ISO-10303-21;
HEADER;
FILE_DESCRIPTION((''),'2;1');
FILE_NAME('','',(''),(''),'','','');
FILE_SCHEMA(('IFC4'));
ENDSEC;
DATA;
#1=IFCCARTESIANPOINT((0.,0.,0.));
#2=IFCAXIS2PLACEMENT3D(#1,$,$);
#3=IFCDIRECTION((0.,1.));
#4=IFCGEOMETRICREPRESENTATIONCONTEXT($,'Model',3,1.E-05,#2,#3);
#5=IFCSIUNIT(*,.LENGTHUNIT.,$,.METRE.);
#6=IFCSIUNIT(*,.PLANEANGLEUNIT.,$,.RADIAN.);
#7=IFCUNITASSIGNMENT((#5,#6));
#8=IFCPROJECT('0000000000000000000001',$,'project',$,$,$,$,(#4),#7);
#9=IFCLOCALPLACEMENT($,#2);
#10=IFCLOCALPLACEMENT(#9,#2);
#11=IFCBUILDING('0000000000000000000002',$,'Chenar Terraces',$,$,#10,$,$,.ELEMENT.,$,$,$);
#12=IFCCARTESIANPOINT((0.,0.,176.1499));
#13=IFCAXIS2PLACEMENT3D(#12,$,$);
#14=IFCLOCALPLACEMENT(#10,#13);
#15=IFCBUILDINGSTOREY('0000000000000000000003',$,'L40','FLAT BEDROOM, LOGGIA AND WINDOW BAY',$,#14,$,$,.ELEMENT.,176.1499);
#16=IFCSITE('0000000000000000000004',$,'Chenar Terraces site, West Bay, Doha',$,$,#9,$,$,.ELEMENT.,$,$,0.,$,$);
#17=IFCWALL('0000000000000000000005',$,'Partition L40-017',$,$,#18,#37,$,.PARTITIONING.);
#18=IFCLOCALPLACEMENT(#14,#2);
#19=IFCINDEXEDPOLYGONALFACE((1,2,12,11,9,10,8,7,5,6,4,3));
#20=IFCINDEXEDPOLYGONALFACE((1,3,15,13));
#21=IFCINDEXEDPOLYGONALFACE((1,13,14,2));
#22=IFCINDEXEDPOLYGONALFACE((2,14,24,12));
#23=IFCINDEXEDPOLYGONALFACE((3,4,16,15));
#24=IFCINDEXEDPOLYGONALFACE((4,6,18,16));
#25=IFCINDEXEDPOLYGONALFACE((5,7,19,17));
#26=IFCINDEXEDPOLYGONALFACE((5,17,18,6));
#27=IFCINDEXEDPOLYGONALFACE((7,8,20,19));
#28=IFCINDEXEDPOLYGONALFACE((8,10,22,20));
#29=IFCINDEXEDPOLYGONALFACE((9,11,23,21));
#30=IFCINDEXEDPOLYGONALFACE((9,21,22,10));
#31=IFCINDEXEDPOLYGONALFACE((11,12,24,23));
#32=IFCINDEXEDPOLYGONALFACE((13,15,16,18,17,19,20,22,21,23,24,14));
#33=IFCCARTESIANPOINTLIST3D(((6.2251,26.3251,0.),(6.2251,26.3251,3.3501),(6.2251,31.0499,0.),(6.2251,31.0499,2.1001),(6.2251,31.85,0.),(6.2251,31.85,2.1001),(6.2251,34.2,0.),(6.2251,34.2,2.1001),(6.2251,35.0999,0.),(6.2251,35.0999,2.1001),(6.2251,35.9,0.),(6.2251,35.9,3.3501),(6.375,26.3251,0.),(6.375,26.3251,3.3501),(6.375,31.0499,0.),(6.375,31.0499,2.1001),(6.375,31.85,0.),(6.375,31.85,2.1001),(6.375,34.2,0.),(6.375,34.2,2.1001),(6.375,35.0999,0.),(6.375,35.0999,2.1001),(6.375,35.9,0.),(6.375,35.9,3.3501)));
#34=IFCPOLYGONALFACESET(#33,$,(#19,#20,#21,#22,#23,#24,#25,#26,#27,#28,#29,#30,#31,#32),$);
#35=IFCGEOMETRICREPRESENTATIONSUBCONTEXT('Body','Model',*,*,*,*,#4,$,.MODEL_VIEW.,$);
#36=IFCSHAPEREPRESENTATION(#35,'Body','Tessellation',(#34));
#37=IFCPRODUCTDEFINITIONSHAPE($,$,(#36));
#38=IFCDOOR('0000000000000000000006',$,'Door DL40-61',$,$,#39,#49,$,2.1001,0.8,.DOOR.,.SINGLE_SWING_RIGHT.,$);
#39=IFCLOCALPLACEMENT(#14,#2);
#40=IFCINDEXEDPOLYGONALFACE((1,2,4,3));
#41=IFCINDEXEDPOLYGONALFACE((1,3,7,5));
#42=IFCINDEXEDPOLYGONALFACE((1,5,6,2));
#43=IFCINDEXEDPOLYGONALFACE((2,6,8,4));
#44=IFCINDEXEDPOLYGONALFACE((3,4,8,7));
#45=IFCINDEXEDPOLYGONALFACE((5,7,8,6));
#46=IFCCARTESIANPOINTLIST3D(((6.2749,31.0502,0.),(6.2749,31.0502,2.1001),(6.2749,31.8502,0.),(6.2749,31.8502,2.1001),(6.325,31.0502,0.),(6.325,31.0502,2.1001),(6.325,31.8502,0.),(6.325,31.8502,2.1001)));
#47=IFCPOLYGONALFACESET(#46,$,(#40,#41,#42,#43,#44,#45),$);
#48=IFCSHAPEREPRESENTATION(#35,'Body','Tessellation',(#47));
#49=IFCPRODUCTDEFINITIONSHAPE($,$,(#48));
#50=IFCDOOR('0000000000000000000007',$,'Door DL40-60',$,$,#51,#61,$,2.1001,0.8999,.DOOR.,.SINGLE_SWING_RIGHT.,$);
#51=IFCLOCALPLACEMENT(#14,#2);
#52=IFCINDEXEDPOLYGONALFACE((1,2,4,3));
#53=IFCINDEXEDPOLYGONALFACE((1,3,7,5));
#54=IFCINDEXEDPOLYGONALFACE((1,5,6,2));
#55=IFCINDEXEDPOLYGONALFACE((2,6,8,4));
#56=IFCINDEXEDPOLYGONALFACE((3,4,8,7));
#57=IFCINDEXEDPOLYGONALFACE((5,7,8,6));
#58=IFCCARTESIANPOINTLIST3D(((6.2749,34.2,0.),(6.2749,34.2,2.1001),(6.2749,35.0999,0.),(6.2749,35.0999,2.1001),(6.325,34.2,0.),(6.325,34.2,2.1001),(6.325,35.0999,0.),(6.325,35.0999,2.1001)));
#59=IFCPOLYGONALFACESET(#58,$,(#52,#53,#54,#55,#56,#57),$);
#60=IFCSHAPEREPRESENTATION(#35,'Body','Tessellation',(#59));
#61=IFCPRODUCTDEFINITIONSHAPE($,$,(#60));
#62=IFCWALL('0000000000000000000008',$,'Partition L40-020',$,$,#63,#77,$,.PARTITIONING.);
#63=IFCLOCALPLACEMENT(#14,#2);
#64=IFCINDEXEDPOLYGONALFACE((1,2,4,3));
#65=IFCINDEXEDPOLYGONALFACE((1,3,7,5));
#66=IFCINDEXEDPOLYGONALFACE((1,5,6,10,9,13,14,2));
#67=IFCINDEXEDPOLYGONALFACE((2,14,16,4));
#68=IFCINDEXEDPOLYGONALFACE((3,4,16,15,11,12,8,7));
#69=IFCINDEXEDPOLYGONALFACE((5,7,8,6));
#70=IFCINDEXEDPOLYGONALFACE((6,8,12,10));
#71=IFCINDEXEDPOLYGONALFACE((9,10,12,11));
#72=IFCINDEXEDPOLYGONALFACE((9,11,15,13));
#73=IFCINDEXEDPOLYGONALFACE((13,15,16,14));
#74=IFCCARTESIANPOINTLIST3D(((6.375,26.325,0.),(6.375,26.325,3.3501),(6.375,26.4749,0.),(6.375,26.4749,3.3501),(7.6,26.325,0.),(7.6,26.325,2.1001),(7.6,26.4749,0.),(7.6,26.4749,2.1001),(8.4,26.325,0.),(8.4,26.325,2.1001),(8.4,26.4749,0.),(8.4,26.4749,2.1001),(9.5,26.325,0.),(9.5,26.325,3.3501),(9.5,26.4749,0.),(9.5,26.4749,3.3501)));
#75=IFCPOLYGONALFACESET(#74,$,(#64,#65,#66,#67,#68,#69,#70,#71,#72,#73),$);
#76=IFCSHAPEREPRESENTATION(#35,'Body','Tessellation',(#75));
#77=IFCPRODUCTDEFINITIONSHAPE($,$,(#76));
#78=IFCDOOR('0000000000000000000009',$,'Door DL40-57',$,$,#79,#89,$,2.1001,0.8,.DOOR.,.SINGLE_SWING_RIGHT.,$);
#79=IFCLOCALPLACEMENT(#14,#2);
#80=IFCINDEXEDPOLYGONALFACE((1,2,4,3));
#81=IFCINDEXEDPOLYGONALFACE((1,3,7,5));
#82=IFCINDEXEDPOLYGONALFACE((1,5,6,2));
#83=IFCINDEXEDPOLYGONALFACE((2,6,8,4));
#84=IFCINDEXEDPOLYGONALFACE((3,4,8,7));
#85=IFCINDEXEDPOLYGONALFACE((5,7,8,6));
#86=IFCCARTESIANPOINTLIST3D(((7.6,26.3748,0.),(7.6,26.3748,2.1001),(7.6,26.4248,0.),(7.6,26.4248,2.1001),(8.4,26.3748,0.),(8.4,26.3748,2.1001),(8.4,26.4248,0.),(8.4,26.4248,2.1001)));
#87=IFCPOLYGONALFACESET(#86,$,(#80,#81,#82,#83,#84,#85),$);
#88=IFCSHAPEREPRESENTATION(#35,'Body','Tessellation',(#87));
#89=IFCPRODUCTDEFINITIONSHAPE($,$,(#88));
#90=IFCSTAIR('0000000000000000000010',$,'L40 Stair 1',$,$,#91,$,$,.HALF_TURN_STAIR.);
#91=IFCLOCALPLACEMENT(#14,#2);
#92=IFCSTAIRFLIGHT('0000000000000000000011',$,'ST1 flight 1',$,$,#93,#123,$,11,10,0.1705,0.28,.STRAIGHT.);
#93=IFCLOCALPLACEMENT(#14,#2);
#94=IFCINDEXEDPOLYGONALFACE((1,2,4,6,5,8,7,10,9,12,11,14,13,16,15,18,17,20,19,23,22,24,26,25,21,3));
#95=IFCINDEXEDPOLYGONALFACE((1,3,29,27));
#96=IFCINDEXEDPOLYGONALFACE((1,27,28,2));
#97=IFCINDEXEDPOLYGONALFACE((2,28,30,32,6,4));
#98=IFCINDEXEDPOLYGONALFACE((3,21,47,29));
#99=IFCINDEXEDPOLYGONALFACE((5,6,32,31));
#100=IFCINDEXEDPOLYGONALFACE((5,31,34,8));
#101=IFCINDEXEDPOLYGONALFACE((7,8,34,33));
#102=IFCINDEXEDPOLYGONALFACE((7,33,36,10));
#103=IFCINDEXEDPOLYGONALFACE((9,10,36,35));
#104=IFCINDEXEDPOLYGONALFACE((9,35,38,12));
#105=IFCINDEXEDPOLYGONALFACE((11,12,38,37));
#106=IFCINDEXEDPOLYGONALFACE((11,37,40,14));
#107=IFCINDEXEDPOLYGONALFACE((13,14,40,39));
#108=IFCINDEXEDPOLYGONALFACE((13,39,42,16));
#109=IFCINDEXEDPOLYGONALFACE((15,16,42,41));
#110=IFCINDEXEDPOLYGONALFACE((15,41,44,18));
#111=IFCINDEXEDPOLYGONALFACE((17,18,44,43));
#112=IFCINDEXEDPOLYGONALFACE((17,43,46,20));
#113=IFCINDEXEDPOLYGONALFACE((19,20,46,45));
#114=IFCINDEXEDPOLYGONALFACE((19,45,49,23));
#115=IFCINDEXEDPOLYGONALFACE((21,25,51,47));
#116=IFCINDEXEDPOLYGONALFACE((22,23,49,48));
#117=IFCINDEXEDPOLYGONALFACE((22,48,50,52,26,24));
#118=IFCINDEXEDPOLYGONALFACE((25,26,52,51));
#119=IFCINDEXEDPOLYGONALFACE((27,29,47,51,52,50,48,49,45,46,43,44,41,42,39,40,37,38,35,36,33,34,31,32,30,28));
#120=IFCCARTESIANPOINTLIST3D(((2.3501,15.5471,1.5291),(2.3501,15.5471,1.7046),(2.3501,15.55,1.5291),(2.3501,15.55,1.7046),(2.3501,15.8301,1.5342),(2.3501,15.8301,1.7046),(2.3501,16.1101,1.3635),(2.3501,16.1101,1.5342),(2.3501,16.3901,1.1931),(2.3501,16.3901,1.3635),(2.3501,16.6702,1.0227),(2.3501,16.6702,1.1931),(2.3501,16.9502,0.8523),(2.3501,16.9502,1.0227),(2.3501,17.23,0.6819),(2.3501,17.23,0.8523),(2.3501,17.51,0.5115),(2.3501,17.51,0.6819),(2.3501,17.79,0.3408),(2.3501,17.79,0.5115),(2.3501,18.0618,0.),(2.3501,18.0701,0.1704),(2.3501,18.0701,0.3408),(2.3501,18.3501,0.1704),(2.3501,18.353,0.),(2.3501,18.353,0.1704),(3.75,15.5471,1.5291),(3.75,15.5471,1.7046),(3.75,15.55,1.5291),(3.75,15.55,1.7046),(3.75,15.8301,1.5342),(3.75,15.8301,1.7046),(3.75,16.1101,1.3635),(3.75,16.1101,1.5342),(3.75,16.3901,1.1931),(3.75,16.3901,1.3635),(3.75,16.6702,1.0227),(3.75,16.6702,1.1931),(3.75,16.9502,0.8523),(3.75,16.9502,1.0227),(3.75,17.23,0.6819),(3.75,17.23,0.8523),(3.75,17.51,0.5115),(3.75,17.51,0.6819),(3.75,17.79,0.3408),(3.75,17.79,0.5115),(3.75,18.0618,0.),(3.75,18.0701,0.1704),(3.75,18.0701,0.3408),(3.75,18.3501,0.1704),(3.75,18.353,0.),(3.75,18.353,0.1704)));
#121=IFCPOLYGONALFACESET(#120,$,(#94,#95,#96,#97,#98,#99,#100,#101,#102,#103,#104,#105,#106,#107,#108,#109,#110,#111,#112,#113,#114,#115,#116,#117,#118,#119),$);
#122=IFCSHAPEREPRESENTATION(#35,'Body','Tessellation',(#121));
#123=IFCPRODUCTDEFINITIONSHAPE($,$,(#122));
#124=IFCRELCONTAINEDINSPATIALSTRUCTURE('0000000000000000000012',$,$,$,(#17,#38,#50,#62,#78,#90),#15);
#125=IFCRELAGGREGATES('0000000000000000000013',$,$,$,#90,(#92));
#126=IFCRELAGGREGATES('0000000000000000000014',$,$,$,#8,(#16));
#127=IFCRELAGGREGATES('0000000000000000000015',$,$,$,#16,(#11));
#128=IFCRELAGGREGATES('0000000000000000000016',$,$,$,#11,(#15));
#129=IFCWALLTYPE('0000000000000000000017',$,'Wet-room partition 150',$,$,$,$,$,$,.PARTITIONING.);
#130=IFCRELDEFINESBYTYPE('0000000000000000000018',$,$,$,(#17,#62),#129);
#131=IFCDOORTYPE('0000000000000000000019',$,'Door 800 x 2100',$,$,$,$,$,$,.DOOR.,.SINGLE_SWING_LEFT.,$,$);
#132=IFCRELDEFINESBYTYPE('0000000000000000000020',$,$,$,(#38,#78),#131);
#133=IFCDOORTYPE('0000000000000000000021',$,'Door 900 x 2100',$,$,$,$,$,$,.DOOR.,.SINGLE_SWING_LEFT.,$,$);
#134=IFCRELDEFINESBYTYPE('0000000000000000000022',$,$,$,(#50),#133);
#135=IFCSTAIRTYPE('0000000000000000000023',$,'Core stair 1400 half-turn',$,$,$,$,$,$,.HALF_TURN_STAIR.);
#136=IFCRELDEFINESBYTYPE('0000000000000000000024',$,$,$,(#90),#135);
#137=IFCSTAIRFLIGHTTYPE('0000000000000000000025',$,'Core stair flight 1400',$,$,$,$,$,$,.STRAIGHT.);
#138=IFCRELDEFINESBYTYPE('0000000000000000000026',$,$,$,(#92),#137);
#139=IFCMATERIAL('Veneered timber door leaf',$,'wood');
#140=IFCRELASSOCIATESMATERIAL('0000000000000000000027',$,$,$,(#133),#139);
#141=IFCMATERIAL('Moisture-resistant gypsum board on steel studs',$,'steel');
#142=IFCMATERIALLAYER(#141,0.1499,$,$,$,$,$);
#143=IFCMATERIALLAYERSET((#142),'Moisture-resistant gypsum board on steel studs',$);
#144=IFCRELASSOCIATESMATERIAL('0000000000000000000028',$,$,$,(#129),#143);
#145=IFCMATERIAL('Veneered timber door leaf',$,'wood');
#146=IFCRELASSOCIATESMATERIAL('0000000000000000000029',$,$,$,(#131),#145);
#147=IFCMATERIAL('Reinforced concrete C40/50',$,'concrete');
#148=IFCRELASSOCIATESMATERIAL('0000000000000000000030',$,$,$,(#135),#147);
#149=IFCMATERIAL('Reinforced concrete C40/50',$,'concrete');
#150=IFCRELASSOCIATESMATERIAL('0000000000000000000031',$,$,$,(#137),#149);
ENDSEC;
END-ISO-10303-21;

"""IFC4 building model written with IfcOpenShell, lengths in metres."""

from ifc_helpers import new_model, si_unit, direction, frame, frame_2d, origin, place, context, subcontext, project, spatial, polyline, rectangle, outline, extrude, material, layer, layer_set, type_object, element, fill, aggregate, save


model = new_model("IFC4")

# Units and contexts
model_context = context("Model", 3, precision=1e-05, world=origin(), true_north=direction((0.0, 1.0)))
body_context = subcontext(model_context, "Body", "Model", "MODEL_VIEW")
ifc_project = project(units=[si_unit("LENGTHUNIT", "METRE"), si_unit("PLANEANGLEUNIT", "RADIAN")], contexts=[model_context])

# Site, building, storey
site_placement = place(None, origin())
site = spatial("IfcSite", under=ifc_project, at=site_placement, Name="Chenar Terraces site, West Bay, Doha", CompositionType="ELEMENT", RefElevation=0.0)
building_placement = place(site_placement, origin())
building = spatial("IfcBuilding", under=site, at=building_placement, Name="Chenar Terraces", CompositionType="ELEMENT")
storey_placement = place(building_placement, frame((0.0, 0.0, 176.1499)))
storey = spatial("IfcBuildingStorey", under=building, at=storey_placement, Name="L40", Description="FLAT BEDROOM, LOGGIA AND WINDOW BAY", CompositionType="ELEMENT", Elevation=176.1499)

# Shared definitions
ifc_material_1 = material(Name="Veneered timber door leaf", Category="wood")
door_type_1 = type_object("IfcDoorType", Name="Door 900 x 2100", OperationType="SINGLE_SWING_LEFT", PredefinedType="DOOR", material=ifc_material_1)

# Wall, openings, doors
ifc_material_2 = material(Name="Moisture-resistant gypsum board on steel studs", Category="steel")
ifc_layer_1 = layer(ifc_material_2, 0.1499)
ifc_layer_set_1 = layer_set([ifc_layer_1], Name="Moisture-resistant gypsum board on steel studs")
wall_type_1 = type_object("IfcWallType", Name="Wet-room partition 150", PredefinedType="PARTITIONING", material=ifc_layer_set_1)
wall_1_placement = place(storey_placement, frame((6.3, 26.325, 0.0), z_axis=(0.0, 0.0, 1.0), x_axis=(0.0, 1.0, 0.0)))
wall_1 = element("IfcWall", 1, at=wall_1_placement, inside=storey, type_object=wall_type_1, Name="Partition L40-017", PredefinedType="PARTITIONING", context=body_context, shape_type="SweptSolid", body=[
    extrude(rectangle(XDim=9.575, YDim=0.1499, at=frame_2d((4.7876, 0.0))), origin(), (0.0, 0.0, 1.0), 3.3501),
])
opening_1_placement = place(wall_1_placement, frame((7.875, 0.0, 0.0)))
opening_1 = element("IfcOpeningElement", 2, at=opening_1_placement, cuts=wall_1, PredefinedType="OPENING", context=body_context, shape_type="SweptSolid", body=[
    extrude(rectangle(XDim=0.8999, YDim=2.1001, at=frame_2d((0.45, 1.05))), frame((0.0, 0.085, 0.0), z_axis=(0.0, -1.0, 0.0), x_axis=(1.0, 0.0, 0.0)), (0.0, 0.0, 1.0), 0.1699),
])
opening_2_placement = place(wall_1_placement, frame((4.7251, 0.0, 0.0)))
opening_2 = element("IfcOpeningElement", 3, at=opening_2_placement, cuts=wall_1, PredefinedType="OPENING", context=body_context, shape_type="SweptSolid", body=[
    extrude(rectangle(XDim=0.8, YDim=2.1001, at=frame_2d((0.3999, 1.05))), frame((0.0, 0.085, 0.0), z_axis=(0.0, -1.0, 0.0), x_axis=(1.0, 0.0, 0.0)), (0.0, 0.0, 1.0), 0.1699),
])
ifc_material_3 = material(Name="Veneered timber door leaf", Category="wood")
door_type_2 = type_object("IfcDoorType", Name="Door 800 x 2100", OperationType="SINGLE_SWING_LEFT", PredefinedType="DOOR", material=ifc_material_3)
door_1_placement = place(opening_2_placement, frame((0.8, 0.0, 0.0), z_axis=(0.0, 0.0, 1.0), x_axis=(-1.0, 0.0, 0.0)))
door_1 = element("IfcDoor", 4, at=door_1_placement, inside=storey, type_object=door_type_2, Name="Door DL40-61", OperationType="SINGLE_SWING_RIGHT", OverallHeight=2.1001, OverallWidth=0.8, PredefinedType="DOOR", context=body_context, shape_type="SweptSolid", body=[
    extrude(rectangle(XDim=0.8, YDim=2.1001, at=frame_2d((0.3999, 1.05))), frame((0.0, 0.0249, 0.0), z_axis=(0.0, -1.0, 0.0), x_axis=(1.0, 0.0, 0.0)), (0.0, 0.0, 1.0), 0.05),
])
fill(opening_2, door_1)
door_2_placement = place(opening_1_placement, frame((0.8999, 0.0, 0.0), z_axis=(0.0, 0.0, 1.0), x_axis=(-1.0, 0.0, 0.0)))
door_2 = element("IfcDoor", 5, at=door_2_placement, inside=storey, type_object=door_type_1, Name="Door DL40-60", OperationType="SINGLE_SWING_RIGHT", OverallHeight=2.1001, OverallWidth=0.8999, PredefinedType="DOOR", context=body_context, shape_type="SweptSolid", body=[
    extrude(rectangle(XDim=0.8999, YDim=2.1001, at=frame_2d((0.45, 1.05))), frame((0.0, 0.0249, 0.0), z_axis=(0.0, -1.0, 0.0), x_axis=(1.0, 0.0, 0.0)), (0.0, 0.0, 1.0), 0.05),
])
fill(opening_1, door_2)

# Wall, opening, door
wall_2_placement = place(storey_placement, frame((6.375, 26.3999, 0.0), z_axis=(0.0, 0.0, 1.0), x_axis=(1.0, 0.0, 0.0)))
wall_2 = element("IfcWall", 6, at=wall_2_placement, inside=storey, type_object=wall_type_1, Name="Partition L40-020", PredefinedType="PARTITIONING", context=body_context, shape_type="SweptSolid", body=[
    extrude(rectangle(XDim=3.125, YDim=0.1499, at=frame_2d((1.5625, 0.0))), origin(), (0.0, 0.0, 1.0), 3.3501),
])
opening_3_placement = place(wall_2_placement, frame((1.2251, 0.0, 0.0)))
opening_3 = element("IfcOpeningElement", 7, at=opening_3_placement, cuts=wall_2, PredefinedType="OPENING", context=body_context, shape_type="SweptSolid", body=[
    extrude(rectangle(XDim=0.8, YDim=2.1001, at=frame_2d((0.3999, 1.05))), frame((0.0, 0.085, 0.0), z_axis=(0.0, -1.0, 0.0), x_axis=(1.0, 0.0, 0.0)), (0.0, 0.0, 1.0), 0.1699),
])
door_3_placement = place(opening_3_placement, origin())
door_3 = element("IfcDoor", 8, at=door_3_placement, inside=storey, type_object=door_type_2, Name="Door DL40-57", OperationType="SINGLE_SWING_RIGHT", OverallHeight=2.1001, OverallWidth=0.8, PredefinedType="DOOR", context=body_context, shape_type="SweptSolid", body=[
    extrude(rectangle(XDim=0.8, YDim=2.1001, at=frame_2d((0.3999, 1.05))), frame((0.0, 0.0249, 0.0), z_axis=(0.0, -1.0, 0.0), x_axis=(1.0, 0.0, 0.0)), (0.0, 0.0, 1.0), 0.05),
])
fill(opening_3, door_3)

# Stair, stair flight
ifc_material_4 = material(Name="Reinforced concrete C40/50", Category="concrete")
stair_type = type_object("IfcStairType", Name="Core stair 1400 half-turn", PredefinedType="HALF_TURN_STAIR", material=ifc_material_4)
stair_placement = place(storey_placement, origin())
stair = element("IfcStair", 9, at=stair_placement, inside=storey, type_object=stair_type, Name="L40 Stair 1", PredefinedType="HALF_TURN_STAIR")
ifc_material_5 = material(Name="Reinforced concrete C40/50", Category="concrete")
stair_flight_type = type_object("IfcStairFlightType", Name="Core stair flight 1400", PredefinedType="STRAIGHT", material=ifc_material_5)
stair_flight_placement = place(storey_placement, frame((3.05, 18.3501, 0.0), z_axis=(0.0, 0.0, 1.0), x_axis=(0.0, -1.0, 0.0)))
stair_flight = element("IfcStairFlight", 10, at=stair_flight_placement, type_object=stair_flight_type, Name="ST1 flight 1", NumberOfRisers=11, NumberOfTreads=10, PredefinedType="STRAIGHT", RiserHeight=0.1705, TreadLength=0.28, context=body_context, shape_type="SweptSolid", body=[
    extrude(outline(polyline([(-0.0029, 0.0), (-0.0029, 0.1704), (0.0, 0.1704), (0.28, 0.1704), (0.28, 0.3408), (0.5601, 0.3408), (0.5601, 0.5115), (0.8401, 0.5115), (0.8401, 0.6819), (1.1201, 0.6819), (1.1201, 0.8523), (1.3999, 0.8523), (1.3999, 1.0227), (1.6799, 1.0227), (1.6799, 1.1931), (1.96, 1.1931), (1.96, 1.3635), (2.24, 1.3635), (2.24, 1.5342), (2.52, 1.5342), (2.52, 1.7046), (2.8, 1.7046), (2.803, 1.7046), (2.803, 1.5291), (2.8, 1.5291), (0.2883, 0.0), (-0.0029, 0.0)])), frame((0.0, 0.7, 0.0), z_axis=(0.0, -1.0, 0.0), x_axis=(1.0, 0.0, 0.0)), (0.0, 0.0, 1.0), 1.3999),
])
aggregate(stair, [stair_flight])

save(model, "model.ifc")
